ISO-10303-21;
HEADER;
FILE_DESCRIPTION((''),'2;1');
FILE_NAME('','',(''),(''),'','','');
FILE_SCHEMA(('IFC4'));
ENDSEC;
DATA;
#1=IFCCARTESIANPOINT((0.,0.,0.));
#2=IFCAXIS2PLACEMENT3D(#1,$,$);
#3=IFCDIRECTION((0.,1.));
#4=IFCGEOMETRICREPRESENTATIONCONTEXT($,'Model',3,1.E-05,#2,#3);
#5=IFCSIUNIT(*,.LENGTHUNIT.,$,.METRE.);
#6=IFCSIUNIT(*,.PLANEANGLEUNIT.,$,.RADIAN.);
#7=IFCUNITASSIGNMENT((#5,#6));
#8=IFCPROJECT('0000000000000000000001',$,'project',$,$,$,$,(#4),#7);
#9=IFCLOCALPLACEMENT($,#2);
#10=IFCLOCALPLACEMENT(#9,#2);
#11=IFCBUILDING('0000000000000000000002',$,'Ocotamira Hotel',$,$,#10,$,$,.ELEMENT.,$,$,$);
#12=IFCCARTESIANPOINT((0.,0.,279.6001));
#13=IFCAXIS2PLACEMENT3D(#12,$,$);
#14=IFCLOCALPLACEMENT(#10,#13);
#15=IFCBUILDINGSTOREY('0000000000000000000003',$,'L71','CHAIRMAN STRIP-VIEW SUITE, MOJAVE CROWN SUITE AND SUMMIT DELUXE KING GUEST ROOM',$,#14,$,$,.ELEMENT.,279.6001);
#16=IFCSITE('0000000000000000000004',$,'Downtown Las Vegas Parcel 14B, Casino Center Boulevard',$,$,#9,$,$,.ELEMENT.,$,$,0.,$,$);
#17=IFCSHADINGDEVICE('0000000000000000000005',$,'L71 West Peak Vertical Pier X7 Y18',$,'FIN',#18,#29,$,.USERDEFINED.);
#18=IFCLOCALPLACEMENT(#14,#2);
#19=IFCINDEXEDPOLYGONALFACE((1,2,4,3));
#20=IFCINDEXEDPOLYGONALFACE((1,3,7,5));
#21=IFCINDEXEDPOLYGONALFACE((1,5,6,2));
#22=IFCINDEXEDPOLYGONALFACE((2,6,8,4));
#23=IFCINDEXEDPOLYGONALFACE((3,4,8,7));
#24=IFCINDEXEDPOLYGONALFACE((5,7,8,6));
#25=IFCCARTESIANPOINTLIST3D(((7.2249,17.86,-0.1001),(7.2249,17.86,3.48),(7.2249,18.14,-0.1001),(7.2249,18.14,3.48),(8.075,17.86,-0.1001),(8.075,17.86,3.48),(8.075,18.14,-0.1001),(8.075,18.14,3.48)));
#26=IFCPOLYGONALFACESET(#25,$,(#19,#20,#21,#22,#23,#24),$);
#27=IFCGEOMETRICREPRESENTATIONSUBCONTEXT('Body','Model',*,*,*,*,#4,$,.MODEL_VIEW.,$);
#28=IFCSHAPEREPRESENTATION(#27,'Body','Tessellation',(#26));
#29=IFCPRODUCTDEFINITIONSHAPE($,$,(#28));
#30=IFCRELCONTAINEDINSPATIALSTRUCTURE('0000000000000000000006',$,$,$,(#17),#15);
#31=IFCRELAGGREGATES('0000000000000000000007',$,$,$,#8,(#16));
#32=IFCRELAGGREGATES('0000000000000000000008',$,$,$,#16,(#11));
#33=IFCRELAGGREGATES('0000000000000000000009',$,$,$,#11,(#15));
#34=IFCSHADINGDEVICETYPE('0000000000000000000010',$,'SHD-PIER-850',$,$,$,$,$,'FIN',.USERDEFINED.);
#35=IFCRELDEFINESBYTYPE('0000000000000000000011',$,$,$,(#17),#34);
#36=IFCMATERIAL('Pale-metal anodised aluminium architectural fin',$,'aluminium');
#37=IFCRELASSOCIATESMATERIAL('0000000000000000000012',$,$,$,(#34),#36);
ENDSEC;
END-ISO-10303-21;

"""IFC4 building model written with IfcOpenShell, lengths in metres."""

from ifc_helpers import new_model, si_unit, direction, frame, origin, origin_2d, place, context, subcontext, project, spatial, rectangle, extrude, source, transform, mapped, material, type_object, element, save


model = new_model("IFC4")

# Units and contexts
model_context = context("Model", 3, precision=1e-05, world=origin(), true_north=direction((0.0, 1.0)))
body_context = subcontext(model_context, "Body", "Model", "MODEL_VIEW")
ifc_project = project(units=[si_unit("LENGTHUNIT", "METRE"), si_unit("PLANEANGLEUNIT", "RADIAN")], contexts=[model_context])

# Site, building, storey
site_placement = place(None, origin())
site = spatial("IfcSite", under=ifc_project, at=site_placement, Name="Downtown Las Vegas Parcel 14B, Casino Center Boulevard", CompositionType="ELEMENT", RefElevation=0.0)
building_placement = place(site_placement, origin())
building = spatial("IfcBuilding", under=site, at=building_placement, Name="Ocotamira Hotel", CompositionType="ELEMENT")
storey_placement = place(building_placement, frame((0.0, 0.0, 279.6001)))
storey = spatial("IfcBuildingStorey", under=building, at=storey_placement, Name="L71", Description="CHAIRMAN STRIP-VIEW SUITE, MOJAVE CROWN SUITE AND SUMMIT DELUXE KING GUEST ROOM", CompositionType="ELEMENT", Elevation=279.6001)

# Shading device
ifc_material_1 = material(Name="Pale-metal anodised aluminium architectural fin", Category="aluminium")
shading_device_type = type_object("IfcShadingDeviceType", Name="SHD-PIER-850", ElementType="FIN", PredefinedType="USERDEFINED", material=ifc_material_1)
shared_shape_1 = source(origin(), body_context, "Body", "SweptSolid", [
    extrude(rectangle(XDim=0.8501, YDim=0.28, at=origin_2d()), origin(), (0.0, 0.0, 1.0), 3.5801),
])
for number, where, z_axis, x_axis, name in (
    (1, (7.6499, 18.0, -0.1001), (0.0, 0.0, 1.0), (1.0, 0.0, 0.0), "L71 West Peak Vertical Pier X7 Y18"),
):
    element("IfcShadingDevice", number, at=place(storey_placement, frame(where, z_axis=z_axis, x_axis=x_axis)), inside=storey, type_object=shading_device_type, Name=name, ObjectType="FIN", PredefinedType="USERDEFINED", context=body_context, shape_type="MappedRepresentation", body=[
        mapped(shared_shape_1, transform((0.0, 0.0, 0.0), scale=1.0)),
    ])

save(model, "model.ifc")
